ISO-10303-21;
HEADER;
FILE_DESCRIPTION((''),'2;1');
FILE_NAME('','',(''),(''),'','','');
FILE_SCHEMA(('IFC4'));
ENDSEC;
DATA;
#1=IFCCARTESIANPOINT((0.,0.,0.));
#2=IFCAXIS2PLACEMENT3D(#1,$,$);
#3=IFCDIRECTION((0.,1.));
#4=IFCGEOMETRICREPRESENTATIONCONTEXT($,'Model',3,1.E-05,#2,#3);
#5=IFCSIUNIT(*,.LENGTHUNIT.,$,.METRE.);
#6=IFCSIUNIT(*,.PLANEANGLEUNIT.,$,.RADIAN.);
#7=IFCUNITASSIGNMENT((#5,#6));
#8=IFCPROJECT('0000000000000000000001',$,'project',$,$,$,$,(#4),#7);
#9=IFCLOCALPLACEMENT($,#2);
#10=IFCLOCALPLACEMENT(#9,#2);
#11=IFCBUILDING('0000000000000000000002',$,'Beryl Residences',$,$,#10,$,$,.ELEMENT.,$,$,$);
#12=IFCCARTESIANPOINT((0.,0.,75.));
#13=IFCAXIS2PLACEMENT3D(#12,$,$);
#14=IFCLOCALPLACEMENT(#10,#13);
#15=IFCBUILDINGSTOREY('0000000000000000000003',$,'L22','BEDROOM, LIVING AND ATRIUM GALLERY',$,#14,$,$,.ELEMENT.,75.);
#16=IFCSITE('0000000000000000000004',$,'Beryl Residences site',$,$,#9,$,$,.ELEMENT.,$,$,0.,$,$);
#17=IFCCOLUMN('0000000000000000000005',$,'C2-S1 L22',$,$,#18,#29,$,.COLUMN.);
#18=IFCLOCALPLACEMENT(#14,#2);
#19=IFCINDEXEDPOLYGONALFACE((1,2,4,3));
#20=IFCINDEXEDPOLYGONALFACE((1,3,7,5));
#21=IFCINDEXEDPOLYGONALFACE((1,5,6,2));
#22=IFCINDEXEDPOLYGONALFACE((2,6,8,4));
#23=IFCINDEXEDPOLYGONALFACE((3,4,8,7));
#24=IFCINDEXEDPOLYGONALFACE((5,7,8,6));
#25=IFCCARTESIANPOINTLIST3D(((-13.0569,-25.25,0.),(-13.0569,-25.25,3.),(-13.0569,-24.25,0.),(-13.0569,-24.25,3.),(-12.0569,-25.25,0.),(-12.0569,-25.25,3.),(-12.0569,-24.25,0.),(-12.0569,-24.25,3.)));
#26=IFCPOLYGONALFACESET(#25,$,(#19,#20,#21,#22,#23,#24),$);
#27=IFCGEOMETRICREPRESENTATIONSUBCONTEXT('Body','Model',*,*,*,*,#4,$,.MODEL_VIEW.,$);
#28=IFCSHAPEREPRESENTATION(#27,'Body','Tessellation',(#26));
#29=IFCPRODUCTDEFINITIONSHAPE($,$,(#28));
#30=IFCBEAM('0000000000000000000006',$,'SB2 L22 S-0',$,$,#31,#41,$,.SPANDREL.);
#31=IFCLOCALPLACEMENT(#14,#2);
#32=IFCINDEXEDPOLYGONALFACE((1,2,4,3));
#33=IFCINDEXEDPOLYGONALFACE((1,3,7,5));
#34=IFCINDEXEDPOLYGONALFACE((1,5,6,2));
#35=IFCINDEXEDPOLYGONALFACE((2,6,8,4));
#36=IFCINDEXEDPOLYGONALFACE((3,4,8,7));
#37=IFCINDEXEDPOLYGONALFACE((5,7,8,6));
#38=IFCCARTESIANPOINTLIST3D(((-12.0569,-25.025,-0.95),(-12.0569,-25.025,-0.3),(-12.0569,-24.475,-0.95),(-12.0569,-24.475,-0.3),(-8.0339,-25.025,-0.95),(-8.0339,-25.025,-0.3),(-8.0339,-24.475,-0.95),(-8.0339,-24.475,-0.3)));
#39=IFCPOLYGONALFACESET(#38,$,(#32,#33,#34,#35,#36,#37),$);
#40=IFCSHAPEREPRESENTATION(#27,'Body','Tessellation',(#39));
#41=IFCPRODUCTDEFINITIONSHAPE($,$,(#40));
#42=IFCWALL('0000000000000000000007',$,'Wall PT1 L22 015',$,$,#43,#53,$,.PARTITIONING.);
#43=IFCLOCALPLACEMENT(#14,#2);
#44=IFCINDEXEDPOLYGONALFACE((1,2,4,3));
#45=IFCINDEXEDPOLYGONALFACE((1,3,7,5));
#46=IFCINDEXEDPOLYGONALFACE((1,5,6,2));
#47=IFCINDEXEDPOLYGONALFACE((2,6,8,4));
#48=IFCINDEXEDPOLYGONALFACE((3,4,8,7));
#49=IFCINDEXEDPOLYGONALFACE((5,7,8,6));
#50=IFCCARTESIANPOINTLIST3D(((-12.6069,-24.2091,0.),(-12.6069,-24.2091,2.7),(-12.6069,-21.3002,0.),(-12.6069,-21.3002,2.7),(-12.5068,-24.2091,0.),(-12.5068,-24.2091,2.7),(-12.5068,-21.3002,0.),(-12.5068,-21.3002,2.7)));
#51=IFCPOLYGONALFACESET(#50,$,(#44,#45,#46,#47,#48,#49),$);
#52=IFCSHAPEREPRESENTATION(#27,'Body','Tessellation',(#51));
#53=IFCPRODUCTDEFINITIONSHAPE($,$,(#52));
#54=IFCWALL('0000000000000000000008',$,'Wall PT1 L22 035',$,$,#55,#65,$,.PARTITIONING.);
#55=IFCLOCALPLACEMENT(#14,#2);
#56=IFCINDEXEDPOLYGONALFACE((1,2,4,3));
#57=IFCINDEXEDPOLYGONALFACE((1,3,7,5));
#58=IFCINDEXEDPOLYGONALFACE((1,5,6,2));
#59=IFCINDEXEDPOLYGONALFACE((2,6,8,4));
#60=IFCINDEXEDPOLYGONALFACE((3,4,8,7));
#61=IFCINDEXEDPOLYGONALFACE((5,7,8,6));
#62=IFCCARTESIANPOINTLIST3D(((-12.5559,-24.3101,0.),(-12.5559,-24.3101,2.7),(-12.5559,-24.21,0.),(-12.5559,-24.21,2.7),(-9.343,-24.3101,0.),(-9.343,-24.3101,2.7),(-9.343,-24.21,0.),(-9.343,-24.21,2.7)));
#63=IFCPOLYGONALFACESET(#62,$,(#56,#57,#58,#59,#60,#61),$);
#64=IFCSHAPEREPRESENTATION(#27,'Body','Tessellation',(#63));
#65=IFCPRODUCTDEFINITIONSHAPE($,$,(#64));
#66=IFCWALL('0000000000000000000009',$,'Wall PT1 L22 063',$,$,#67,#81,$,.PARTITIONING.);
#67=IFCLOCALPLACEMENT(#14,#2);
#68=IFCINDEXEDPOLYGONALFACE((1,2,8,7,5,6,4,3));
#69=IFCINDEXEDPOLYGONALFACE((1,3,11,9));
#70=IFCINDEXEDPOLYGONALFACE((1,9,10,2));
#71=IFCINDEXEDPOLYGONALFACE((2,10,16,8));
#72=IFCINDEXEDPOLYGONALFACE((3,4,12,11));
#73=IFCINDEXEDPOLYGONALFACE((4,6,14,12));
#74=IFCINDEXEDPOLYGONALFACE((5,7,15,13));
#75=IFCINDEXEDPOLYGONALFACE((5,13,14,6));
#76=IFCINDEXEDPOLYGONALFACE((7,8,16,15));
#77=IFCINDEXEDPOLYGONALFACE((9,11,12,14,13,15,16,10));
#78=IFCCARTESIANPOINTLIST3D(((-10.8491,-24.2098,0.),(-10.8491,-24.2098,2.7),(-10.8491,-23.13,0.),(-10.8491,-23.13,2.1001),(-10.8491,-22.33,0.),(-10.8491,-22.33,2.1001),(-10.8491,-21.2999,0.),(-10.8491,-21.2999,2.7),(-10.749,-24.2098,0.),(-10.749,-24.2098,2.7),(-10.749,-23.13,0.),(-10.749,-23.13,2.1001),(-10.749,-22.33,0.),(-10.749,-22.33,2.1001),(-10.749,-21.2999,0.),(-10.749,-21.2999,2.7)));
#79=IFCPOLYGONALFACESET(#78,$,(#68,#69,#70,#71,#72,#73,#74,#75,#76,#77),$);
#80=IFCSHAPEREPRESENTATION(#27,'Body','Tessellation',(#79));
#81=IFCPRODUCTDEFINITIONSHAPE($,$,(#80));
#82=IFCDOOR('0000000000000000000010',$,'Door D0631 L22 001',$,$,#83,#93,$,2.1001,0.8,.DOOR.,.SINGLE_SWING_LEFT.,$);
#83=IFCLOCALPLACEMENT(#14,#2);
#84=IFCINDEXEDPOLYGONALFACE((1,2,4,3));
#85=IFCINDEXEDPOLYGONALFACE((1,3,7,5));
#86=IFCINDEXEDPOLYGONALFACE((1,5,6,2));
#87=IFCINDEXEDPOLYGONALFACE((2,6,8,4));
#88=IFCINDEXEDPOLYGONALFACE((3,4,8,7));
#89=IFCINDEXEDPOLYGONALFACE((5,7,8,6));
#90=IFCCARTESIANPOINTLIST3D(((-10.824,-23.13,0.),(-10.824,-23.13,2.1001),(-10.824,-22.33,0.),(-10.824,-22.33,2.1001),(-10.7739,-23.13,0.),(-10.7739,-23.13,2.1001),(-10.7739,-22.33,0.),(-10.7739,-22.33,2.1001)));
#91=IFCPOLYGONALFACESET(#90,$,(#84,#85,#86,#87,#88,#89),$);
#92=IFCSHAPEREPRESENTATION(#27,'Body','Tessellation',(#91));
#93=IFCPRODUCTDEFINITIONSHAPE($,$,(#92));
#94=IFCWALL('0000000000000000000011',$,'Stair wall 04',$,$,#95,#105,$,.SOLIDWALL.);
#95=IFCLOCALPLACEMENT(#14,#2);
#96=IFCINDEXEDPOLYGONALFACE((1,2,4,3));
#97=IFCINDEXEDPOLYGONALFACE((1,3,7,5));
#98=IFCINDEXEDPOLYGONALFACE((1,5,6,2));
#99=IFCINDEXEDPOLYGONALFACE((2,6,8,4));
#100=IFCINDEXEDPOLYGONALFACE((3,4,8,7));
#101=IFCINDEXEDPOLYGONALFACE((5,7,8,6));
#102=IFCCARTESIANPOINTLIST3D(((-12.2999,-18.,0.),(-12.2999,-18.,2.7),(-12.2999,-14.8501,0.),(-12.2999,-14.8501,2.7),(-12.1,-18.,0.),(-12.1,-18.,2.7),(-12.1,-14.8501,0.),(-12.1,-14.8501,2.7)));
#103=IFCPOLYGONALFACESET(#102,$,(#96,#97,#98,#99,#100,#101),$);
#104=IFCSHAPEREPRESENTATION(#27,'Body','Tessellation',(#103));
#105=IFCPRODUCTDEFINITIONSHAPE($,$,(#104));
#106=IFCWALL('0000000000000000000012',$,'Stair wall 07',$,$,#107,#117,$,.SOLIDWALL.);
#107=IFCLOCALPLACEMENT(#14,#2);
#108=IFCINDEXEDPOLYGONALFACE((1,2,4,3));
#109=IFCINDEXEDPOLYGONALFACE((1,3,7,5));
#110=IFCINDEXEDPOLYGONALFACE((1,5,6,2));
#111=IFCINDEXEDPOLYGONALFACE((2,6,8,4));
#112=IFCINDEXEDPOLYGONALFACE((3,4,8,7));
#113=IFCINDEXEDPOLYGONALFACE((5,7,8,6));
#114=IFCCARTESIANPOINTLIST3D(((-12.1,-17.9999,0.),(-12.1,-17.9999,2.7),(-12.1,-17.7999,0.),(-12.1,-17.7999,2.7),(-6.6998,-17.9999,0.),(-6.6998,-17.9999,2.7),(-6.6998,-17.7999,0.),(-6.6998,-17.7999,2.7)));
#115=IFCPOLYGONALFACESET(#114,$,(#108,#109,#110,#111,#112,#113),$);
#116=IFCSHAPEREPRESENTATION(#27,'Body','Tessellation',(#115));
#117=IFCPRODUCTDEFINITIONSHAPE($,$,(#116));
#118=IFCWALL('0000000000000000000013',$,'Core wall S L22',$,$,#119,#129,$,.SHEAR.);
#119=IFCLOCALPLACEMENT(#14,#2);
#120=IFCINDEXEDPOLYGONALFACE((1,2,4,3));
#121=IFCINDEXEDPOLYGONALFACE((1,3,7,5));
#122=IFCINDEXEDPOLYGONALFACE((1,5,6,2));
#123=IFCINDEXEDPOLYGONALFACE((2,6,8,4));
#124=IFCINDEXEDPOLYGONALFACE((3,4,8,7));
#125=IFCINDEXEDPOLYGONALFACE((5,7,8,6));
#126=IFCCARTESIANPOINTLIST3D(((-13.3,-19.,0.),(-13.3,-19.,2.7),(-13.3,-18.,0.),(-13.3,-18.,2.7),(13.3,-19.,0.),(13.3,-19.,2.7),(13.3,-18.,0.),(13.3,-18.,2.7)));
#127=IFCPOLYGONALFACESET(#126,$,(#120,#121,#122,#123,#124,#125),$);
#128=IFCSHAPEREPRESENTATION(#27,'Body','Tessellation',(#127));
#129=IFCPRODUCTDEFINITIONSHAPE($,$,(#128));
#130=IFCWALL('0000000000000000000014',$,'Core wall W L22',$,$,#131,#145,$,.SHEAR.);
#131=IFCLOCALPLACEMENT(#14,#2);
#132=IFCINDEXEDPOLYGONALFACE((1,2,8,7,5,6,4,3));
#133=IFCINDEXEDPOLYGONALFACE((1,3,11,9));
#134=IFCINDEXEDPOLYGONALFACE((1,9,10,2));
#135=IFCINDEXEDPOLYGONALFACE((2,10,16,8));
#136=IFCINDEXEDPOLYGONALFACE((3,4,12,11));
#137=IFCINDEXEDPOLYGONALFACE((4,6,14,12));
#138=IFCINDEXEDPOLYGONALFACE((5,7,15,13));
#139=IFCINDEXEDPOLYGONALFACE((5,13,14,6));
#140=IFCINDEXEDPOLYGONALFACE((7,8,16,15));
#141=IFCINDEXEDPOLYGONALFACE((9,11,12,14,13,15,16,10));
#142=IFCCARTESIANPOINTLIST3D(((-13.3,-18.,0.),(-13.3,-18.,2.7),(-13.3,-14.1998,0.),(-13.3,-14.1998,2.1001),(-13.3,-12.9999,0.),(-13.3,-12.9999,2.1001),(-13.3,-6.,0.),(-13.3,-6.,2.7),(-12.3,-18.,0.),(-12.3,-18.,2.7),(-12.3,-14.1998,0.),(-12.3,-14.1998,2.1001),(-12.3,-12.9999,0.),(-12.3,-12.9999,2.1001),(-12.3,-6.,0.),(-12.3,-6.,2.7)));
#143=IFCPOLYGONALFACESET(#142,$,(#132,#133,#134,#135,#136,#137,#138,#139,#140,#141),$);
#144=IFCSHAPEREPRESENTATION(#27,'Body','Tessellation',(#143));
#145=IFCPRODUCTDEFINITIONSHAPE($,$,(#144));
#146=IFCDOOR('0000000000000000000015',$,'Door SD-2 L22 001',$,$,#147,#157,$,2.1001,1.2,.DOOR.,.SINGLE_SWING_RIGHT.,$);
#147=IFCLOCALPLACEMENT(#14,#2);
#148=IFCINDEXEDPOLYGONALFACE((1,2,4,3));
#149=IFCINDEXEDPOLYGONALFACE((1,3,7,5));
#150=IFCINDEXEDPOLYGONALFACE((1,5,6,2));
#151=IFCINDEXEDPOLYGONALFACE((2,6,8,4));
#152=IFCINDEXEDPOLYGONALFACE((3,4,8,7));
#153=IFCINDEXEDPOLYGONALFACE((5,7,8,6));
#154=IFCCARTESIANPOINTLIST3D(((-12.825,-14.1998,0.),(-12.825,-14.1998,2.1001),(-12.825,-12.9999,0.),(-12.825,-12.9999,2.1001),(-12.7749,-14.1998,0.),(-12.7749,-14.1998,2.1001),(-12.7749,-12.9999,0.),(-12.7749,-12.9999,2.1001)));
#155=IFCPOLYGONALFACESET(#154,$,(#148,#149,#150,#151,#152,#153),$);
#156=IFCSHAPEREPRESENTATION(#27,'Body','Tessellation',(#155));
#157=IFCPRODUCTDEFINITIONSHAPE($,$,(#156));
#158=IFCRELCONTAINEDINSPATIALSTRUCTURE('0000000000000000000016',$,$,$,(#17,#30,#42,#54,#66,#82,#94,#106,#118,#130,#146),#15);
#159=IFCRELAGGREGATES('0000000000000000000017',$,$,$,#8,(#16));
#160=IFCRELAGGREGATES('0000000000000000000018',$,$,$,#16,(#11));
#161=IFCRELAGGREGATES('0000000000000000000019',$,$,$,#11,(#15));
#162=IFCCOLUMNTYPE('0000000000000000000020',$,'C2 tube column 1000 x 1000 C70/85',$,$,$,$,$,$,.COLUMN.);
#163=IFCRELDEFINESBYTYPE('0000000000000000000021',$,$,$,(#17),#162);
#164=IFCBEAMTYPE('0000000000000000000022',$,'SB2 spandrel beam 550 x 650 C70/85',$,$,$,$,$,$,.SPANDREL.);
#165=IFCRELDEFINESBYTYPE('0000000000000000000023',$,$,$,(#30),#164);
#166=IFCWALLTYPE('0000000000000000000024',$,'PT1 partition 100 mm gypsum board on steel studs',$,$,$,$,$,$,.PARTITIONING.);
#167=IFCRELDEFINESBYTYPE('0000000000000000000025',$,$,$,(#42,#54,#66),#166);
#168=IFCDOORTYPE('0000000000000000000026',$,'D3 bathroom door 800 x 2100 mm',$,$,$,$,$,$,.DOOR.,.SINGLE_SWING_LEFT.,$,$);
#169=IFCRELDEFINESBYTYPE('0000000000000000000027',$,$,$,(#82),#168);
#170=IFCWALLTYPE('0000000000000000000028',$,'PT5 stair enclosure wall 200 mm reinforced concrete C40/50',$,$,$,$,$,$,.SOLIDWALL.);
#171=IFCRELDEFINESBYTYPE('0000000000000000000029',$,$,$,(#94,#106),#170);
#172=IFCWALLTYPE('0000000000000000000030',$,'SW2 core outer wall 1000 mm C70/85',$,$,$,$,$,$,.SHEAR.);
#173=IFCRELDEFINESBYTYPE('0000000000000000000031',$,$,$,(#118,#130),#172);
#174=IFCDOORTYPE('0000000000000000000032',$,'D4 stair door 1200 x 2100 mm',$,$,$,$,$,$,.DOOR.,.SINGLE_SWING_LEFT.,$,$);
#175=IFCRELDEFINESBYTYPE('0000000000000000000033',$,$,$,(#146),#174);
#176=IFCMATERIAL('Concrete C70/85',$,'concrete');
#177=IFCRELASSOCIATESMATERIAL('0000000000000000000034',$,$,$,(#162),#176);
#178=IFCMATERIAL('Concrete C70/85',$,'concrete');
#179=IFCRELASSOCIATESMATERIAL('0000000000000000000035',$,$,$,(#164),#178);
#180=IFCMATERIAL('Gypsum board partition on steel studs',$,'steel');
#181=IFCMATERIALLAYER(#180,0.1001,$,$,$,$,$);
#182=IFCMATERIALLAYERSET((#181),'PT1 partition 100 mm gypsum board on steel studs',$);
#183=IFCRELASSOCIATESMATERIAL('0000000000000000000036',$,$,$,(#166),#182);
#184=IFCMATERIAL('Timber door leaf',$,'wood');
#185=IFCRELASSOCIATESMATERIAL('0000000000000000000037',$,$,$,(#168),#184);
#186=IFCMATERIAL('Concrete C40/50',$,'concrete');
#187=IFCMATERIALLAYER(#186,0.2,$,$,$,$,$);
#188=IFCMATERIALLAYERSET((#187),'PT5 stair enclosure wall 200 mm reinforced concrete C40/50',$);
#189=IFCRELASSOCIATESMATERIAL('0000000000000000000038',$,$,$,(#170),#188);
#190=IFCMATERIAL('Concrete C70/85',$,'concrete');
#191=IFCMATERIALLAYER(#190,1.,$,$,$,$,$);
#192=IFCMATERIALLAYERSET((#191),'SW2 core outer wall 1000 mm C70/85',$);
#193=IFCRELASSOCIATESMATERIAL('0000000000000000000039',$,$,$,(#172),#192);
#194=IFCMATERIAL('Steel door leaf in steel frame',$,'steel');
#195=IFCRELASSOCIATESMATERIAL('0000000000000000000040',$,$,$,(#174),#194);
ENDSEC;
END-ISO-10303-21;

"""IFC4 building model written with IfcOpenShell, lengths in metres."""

from ifc_helpers import new_model, si_unit, direction, frame, frame_2d, origin, origin_2d, place, context, subcontext, project, spatial, rectangle, extrude, material, layer, layer_set, material_profile, profile_set, type_object, element, fill, save


model = new_model("IFC4")

# Units and contexts
model_context = context("Model", 3, precision=1e-05, world=origin(), true_north=direction((0.0, 1.0)))
body_context = subcontext(model_context, "Body", "Model", "MODEL_VIEW")
ifc_project = project(units=[si_unit("LENGTHUNIT", "METRE"), si_unit("PLANEANGLEUNIT", "RADIAN")], contexts=[model_context])

# Site, building, storey
site_placement = place(None, origin())
site = spatial("IfcSite", under=ifc_project, at=site_placement, Name="Beryl Residences site", CompositionType="ELEMENT", RefElevation=0.0)
building_placement = place(site_placement, origin())
building = spatial("IfcBuilding", under=site, at=building_placement, Name="Beryl Residences", CompositionType="ELEMENT")
storey_placement = place(building_placement, frame((0.0, 0.0, 75.0)))
storey = spatial("IfcBuildingStorey", under=building, at=storey_placement, Name="L22", Description="BEDROOM, LIVING AND ATRIUM GALLERY", CompositionType="ELEMENT", Elevation=75.0)

# Column
ifc_material_1 = material(Name="Concrete C70/85", Category="concrete")
ifc_material_profile_1 = material_profile(ifc_material_1, rectangle(XDim=1.0, YDim=1.0, at=origin_2d()))
ifc_profile_set_1 = profile_set([ifc_material_profile_1], Name="Concrete C70/85")
column_type = type_object("IfcColumnType", Name="C2 tube column 1000 x 1000 C70/85", PredefinedType="COLUMN", material=ifc_profile_set_1)
column_placement = place(storey_placement, frame((-12.5569, -24.75, 0.0), z_axis=(0.0, 0.0, 1.0), x_axis=(1.0, 0.0, 0.0)))
element("IfcColumn", 1, at=column_placement, inside=storey, type_object=column_type, Name="C2-S1 L22", PredefinedType="COLUMN", context=body_context, shape_type="SweptSolid", body=[
    extrude(rectangle(XDim=1.0, YDim=1.0, at=origin_2d()), origin(), (0.0, 0.0, 1.0), 3.0),
])

# Beam
ifc_material_2 = material(Name="Concrete C70/85", Category="concrete")
ifc_material_profile_2 = material_profile(ifc_material_2, rectangle(XDim=0.55, YDim=0.6499, at=origin_2d()))
ifc_profile_set_2 = profile_set([ifc_material_profile_2], Name="Concrete C70/85")
beam_type = type_object("IfcBeamType", Name="SB2 spandrel beam 550 x 650 C70/85", PredefinedType="SPANDREL", material=ifc_profile_set_2)
beam_placement = place(storey_placement, frame((-12.0569, -24.75, -0.625), z_axis=(1.0, 0.0, 0.0), x_axis=(0.0, 1.0, 0.0)))
element("IfcBeam", 2, at=beam_placement, inside=storey, type_object=beam_type, Name="SB2 L22 S-0", PredefinedType="SPANDREL", context=body_context, shape_type="SweptSolid", body=[
    extrude(rectangle(XDim=0.55, YDim=0.6499, at=origin_2d()), origin(), (0.0, 0.0, 1.0), 4.0229),
])

# Walls
ifc_material_3 = material(Name="Gypsum board partition on steel studs", Category="steel")
ifc_layer_1 = layer(ifc_material_3, 0.1001)
ifc_layer_set_1 = layer_set([ifc_layer_1], Name="PT1 partition 100 mm gypsum board on steel studs")
wall_type_1 = type_object("IfcWallType", Name="PT1 partition 100 mm gypsum board on steel studs", PredefinedType="PARTITIONING", material=ifc_layer_set_1)
wall_1_placement = place(storey_placement, frame((-12.5569, -21.3, 0.0), z_axis=(0.0, 0.0, 1.0), x_axis=(0.0, -1.0, 0.0)))
element("IfcWall", 3, at=wall_1_placement, inside=storey, type_object=wall_type_1, Name="Wall PT1 L22 015", PredefinedType="PARTITIONING", context=body_context, shape_type="SweptSolid", body=[
    extrude(rectangle(XDim=2.9089, YDim=0.1001, at=frame_2d((1.4546, 0.0))), origin(), (0.0, 0.0, 1.0), 2.7),
])
wall_2_placement = place(storey_placement, frame((-12.5559, -24.26, 0.0), z_axis=(0.0, 0.0, 1.0), x_axis=(1.0, 0.0, 0.0)))
element("IfcWall", 4, at=wall_2_placement, inside=storey, type_object=wall_type_1, Name="Wall PT1 L22 035", PredefinedType="PARTITIONING", context=body_context, shape_type="SweptSolid", body=[
    extrude(rectangle(XDim=3.2129, YDim=0.1001, at=frame_2d((1.6064, 0.0))), origin(), (0.0, 0.0, 1.0), 2.7),
])

# Wall, opening, door
wall_3_placement = place(storey_placement, frame((-10.7991, -24.21, 0.0), z_axis=(0.0, 0.0, 1.0), x_axis=(0.0, 1.0, 0.0)))
wall_3 = element("IfcWall", 5, at=wall_3_placement, inside=storey, type_object=wall_type_1, Name="Wall PT1 L22 063", PredefinedType="PARTITIONING", context=body_context, shape_type="SweptSolid", body=[
    extrude(rectangle(XDim=2.9099, YDim=0.1001, at=frame_2d((1.4551, 0.0))), origin(), (0.0, 0.0, 1.0), 2.7),
])
opening_1_placement = place(wall_3_placement, frame((1.0801, 0.0, 0.0)))
opening_1 = element("IfcOpeningElement", 6, at=opening_1_placement, cuts=wall_3, PredefinedType="OPENING", context=body_context, shape_type="SweptSolid", body=[
    extrude(rectangle(XDim=0.8, YDim=2.1001, at=frame_2d((0.3999, 1.05))), frame((0.0, 0.0601, 0.0), z_axis=(0.0, -1.0, 0.0), x_axis=(1.0, 0.0, 0.0)), (0.0, 0.0, 1.0), 0.1201),
])
ifc_material_4 = material(Name="Timber door leaf", Category="wood")
door_type_1 = type_object("IfcDoorType", Name="D3 bathroom door 800 x 2100 mm", OperationType="SINGLE_SWING_LEFT", PredefinedType="DOOR", material=ifc_material_4)
door_1_placement = place(opening_1_placement, origin())
door_1 = element("IfcDoor", 7, at=door_1_placement, inside=storey, type_object=door_type_1, Name="Door D0631 L22 001", OperationType="SINGLE_SWING_LEFT", OverallHeight=2.1001, OverallWidth=0.8, PredefinedType="DOOR", context=body_context, shape_type="SweptSolid", body=[
    extrude(rectangle(XDim=0.8, YDim=2.1001, at=frame_2d((0.3999, 1.05))), frame((0.0, 0.0249, 0.0), z_axis=(0.0, -1.0, 0.0), x_axis=(1.0, 0.0, 0.0)), (0.0, 0.0, 1.0), 0.05),
])
fill(opening_1, door_1)

# Walls
ifc_material_5 = material(Name="Concrete C40/50", Category="concrete")
ifc_layer_2 = layer(ifc_material_5, 0.2)
ifc_layer_set_2 = layer_set([ifc_layer_2], Name="PT5 stair enclosure wall 200 mm reinforced concrete C40/50")
wall_type_2 = type_object("IfcWallType", Name="PT5 stair enclosure wall 200 mm reinforced concrete C40/50", PredefinedType="SOLIDWALL", material=ifc_layer_set_2)
wall_4_placement = place(storey_placement, frame((-12.2, -18.0, 0.0), z_axis=(0.0, 0.0, 1.0), x_axis=(0.0, 1.0, 0.0)))
element("IfcWall", 8, at=wall_4_placement, inside=storey, type_object=wall_type_2, Name="Stair wall 04", PredefinedType="SOLIDWALL", context=body_context, shape_type="SweptSolid", body=[
    extrude(rectangle(XDim=3.1499, YDim=0.2, at=frame_2d((1.575, 0.0))), origin(), (0.0, 0.0, 1.0), 2.7),
])
wall_5_placement = place(storey_placement, frame((-12.1001, -17.8999, 0.0), z_axis=(0.0, 0.0, 1.0), x_axis=(1.0, 0.0, 0.0)))
element("IfcWall", 9, at=wall_5_placement, inside=storey, type_object=wall_type_2, Name="Stair wall 07", PredefinedType="SOLIDWALL", context=body_context, shape_type="SweptSolid", body=[
    extrude(rectangle(XDim=5.4001, YDim=0.2, at=frame_2d((2.7002, 0.0))), origin(), (0.0, 0.0, 1.0), 2.7),
])
ifc_material_6 = material(Name="Concrete C70/85", Category="concrete")
ifc_layer_3 = layer(ifc_material_6, 1.0)
ifc_layer_set_3 = layer_set([ifc_layer_3], Name="SW2 core outer wall 1000 mm C70/85")
wall_type_3 = type_object("IfcWallType", Name="SW2 core outer wall 1000 mm C70/85", PredefinedType="SHEAR", material=ifc_layer_set_3)
wall_6_placement = place(storey_placement, frame((-13.3, -18.5, 0.0), z_axis=(0.0, 0.0, 1.0), x_axis=(1.0, 0.0, 0.0)))
element("IfcWall", 10, at=wall_6_placement, inside=storey, type_object=wall_type_3, Name="Core wall S L22", PredefinedType="SHEAR", context=body_context, shape_type="SweptSolid", body=[
    extrude(rectangle(XDim=26.6001, YDim=1.0, at=frame_2d((13.3, 0.0))), origin(), (0.0, 0.0, 1.0), 2.7),
])

# Wall, opening, door
wall_7_placement = place(storey_placement, frame((-12.8, -18.0, 0.0), z_axis=(0.0, 0.0, 1.0), x_axis=(0.0, 1.0, 0.0)))
wall_7 = element("IfcWall", 11, at=wall_7_placement, inside=storey, type_object=wall_type_3, Name="Core wall W L22", PredefinedType="SHEAR", context=body_context, shape_type="SweptSolid", body=[
    extrude(rectangle(XDim=12.0, YDim=1.0, at=frame_2d((6.0, 0.0))), origin(), (0.0, 0.0, 1.0), 2.7),
])
opening_2_placement = place(wall_7_placement, frame((3.8, 0.0, 0.0)))
opening_2 = element("IfcOpeningElement", 12, at=opening_2_placement, cuts=wall_7, PredefinedType="OPENING", context=body_context, shape_type="SweptSolid", body=[
    extrude(rectangle(XDim=1.2, YDim=2.1001, at=frame_2d((0.6001, 1.05))), frame((0.0, 0.51, 0.0), z_axis=(0.0, -1.0, 0.0), x_axis=(1.0, 0.0, 0.0)), (0.0, 0.0, 1.0), 1.02),
])
ifc_material_7 = material(Name="Steel door leaf in steel frame", Category="steel")
door_type_2 = type_object("IfcDoorType", Name="D4 stair door 1200 x 2100 mm", OperationType="SINGLE_SWING_LEFT", PredefinedType="DOOR", material=ifc_material_7)
door_2_placement = place(opening_2_placement, origin())
door_2 = element("IfcDoor", 13, at=door_2_placement, inside=storey, type_object=door_type_2, Name="Door SD-2 L22 001", OperationType="SINGLE_SWING_RIGHT", OverallHeight=2.1001, OverallWidth=1.2, PredefinedType="DOOR", context=body_context, shape_type="SweptSolid", body=[
    extrude(rectangle(XDim=1.2, YDim=2.1001, at=frame_2d((0.6001, 1.05))), frame((0.0, 0.0249, 0.0), z_axis=(0.0, -1.0, 0.0), x_axis=(1.0, 0.0, 0.0)), (0.0, 0.0, 1.0), 0.05),
])
fill(opening_2, door_2)

save(model, "model.ifc")
